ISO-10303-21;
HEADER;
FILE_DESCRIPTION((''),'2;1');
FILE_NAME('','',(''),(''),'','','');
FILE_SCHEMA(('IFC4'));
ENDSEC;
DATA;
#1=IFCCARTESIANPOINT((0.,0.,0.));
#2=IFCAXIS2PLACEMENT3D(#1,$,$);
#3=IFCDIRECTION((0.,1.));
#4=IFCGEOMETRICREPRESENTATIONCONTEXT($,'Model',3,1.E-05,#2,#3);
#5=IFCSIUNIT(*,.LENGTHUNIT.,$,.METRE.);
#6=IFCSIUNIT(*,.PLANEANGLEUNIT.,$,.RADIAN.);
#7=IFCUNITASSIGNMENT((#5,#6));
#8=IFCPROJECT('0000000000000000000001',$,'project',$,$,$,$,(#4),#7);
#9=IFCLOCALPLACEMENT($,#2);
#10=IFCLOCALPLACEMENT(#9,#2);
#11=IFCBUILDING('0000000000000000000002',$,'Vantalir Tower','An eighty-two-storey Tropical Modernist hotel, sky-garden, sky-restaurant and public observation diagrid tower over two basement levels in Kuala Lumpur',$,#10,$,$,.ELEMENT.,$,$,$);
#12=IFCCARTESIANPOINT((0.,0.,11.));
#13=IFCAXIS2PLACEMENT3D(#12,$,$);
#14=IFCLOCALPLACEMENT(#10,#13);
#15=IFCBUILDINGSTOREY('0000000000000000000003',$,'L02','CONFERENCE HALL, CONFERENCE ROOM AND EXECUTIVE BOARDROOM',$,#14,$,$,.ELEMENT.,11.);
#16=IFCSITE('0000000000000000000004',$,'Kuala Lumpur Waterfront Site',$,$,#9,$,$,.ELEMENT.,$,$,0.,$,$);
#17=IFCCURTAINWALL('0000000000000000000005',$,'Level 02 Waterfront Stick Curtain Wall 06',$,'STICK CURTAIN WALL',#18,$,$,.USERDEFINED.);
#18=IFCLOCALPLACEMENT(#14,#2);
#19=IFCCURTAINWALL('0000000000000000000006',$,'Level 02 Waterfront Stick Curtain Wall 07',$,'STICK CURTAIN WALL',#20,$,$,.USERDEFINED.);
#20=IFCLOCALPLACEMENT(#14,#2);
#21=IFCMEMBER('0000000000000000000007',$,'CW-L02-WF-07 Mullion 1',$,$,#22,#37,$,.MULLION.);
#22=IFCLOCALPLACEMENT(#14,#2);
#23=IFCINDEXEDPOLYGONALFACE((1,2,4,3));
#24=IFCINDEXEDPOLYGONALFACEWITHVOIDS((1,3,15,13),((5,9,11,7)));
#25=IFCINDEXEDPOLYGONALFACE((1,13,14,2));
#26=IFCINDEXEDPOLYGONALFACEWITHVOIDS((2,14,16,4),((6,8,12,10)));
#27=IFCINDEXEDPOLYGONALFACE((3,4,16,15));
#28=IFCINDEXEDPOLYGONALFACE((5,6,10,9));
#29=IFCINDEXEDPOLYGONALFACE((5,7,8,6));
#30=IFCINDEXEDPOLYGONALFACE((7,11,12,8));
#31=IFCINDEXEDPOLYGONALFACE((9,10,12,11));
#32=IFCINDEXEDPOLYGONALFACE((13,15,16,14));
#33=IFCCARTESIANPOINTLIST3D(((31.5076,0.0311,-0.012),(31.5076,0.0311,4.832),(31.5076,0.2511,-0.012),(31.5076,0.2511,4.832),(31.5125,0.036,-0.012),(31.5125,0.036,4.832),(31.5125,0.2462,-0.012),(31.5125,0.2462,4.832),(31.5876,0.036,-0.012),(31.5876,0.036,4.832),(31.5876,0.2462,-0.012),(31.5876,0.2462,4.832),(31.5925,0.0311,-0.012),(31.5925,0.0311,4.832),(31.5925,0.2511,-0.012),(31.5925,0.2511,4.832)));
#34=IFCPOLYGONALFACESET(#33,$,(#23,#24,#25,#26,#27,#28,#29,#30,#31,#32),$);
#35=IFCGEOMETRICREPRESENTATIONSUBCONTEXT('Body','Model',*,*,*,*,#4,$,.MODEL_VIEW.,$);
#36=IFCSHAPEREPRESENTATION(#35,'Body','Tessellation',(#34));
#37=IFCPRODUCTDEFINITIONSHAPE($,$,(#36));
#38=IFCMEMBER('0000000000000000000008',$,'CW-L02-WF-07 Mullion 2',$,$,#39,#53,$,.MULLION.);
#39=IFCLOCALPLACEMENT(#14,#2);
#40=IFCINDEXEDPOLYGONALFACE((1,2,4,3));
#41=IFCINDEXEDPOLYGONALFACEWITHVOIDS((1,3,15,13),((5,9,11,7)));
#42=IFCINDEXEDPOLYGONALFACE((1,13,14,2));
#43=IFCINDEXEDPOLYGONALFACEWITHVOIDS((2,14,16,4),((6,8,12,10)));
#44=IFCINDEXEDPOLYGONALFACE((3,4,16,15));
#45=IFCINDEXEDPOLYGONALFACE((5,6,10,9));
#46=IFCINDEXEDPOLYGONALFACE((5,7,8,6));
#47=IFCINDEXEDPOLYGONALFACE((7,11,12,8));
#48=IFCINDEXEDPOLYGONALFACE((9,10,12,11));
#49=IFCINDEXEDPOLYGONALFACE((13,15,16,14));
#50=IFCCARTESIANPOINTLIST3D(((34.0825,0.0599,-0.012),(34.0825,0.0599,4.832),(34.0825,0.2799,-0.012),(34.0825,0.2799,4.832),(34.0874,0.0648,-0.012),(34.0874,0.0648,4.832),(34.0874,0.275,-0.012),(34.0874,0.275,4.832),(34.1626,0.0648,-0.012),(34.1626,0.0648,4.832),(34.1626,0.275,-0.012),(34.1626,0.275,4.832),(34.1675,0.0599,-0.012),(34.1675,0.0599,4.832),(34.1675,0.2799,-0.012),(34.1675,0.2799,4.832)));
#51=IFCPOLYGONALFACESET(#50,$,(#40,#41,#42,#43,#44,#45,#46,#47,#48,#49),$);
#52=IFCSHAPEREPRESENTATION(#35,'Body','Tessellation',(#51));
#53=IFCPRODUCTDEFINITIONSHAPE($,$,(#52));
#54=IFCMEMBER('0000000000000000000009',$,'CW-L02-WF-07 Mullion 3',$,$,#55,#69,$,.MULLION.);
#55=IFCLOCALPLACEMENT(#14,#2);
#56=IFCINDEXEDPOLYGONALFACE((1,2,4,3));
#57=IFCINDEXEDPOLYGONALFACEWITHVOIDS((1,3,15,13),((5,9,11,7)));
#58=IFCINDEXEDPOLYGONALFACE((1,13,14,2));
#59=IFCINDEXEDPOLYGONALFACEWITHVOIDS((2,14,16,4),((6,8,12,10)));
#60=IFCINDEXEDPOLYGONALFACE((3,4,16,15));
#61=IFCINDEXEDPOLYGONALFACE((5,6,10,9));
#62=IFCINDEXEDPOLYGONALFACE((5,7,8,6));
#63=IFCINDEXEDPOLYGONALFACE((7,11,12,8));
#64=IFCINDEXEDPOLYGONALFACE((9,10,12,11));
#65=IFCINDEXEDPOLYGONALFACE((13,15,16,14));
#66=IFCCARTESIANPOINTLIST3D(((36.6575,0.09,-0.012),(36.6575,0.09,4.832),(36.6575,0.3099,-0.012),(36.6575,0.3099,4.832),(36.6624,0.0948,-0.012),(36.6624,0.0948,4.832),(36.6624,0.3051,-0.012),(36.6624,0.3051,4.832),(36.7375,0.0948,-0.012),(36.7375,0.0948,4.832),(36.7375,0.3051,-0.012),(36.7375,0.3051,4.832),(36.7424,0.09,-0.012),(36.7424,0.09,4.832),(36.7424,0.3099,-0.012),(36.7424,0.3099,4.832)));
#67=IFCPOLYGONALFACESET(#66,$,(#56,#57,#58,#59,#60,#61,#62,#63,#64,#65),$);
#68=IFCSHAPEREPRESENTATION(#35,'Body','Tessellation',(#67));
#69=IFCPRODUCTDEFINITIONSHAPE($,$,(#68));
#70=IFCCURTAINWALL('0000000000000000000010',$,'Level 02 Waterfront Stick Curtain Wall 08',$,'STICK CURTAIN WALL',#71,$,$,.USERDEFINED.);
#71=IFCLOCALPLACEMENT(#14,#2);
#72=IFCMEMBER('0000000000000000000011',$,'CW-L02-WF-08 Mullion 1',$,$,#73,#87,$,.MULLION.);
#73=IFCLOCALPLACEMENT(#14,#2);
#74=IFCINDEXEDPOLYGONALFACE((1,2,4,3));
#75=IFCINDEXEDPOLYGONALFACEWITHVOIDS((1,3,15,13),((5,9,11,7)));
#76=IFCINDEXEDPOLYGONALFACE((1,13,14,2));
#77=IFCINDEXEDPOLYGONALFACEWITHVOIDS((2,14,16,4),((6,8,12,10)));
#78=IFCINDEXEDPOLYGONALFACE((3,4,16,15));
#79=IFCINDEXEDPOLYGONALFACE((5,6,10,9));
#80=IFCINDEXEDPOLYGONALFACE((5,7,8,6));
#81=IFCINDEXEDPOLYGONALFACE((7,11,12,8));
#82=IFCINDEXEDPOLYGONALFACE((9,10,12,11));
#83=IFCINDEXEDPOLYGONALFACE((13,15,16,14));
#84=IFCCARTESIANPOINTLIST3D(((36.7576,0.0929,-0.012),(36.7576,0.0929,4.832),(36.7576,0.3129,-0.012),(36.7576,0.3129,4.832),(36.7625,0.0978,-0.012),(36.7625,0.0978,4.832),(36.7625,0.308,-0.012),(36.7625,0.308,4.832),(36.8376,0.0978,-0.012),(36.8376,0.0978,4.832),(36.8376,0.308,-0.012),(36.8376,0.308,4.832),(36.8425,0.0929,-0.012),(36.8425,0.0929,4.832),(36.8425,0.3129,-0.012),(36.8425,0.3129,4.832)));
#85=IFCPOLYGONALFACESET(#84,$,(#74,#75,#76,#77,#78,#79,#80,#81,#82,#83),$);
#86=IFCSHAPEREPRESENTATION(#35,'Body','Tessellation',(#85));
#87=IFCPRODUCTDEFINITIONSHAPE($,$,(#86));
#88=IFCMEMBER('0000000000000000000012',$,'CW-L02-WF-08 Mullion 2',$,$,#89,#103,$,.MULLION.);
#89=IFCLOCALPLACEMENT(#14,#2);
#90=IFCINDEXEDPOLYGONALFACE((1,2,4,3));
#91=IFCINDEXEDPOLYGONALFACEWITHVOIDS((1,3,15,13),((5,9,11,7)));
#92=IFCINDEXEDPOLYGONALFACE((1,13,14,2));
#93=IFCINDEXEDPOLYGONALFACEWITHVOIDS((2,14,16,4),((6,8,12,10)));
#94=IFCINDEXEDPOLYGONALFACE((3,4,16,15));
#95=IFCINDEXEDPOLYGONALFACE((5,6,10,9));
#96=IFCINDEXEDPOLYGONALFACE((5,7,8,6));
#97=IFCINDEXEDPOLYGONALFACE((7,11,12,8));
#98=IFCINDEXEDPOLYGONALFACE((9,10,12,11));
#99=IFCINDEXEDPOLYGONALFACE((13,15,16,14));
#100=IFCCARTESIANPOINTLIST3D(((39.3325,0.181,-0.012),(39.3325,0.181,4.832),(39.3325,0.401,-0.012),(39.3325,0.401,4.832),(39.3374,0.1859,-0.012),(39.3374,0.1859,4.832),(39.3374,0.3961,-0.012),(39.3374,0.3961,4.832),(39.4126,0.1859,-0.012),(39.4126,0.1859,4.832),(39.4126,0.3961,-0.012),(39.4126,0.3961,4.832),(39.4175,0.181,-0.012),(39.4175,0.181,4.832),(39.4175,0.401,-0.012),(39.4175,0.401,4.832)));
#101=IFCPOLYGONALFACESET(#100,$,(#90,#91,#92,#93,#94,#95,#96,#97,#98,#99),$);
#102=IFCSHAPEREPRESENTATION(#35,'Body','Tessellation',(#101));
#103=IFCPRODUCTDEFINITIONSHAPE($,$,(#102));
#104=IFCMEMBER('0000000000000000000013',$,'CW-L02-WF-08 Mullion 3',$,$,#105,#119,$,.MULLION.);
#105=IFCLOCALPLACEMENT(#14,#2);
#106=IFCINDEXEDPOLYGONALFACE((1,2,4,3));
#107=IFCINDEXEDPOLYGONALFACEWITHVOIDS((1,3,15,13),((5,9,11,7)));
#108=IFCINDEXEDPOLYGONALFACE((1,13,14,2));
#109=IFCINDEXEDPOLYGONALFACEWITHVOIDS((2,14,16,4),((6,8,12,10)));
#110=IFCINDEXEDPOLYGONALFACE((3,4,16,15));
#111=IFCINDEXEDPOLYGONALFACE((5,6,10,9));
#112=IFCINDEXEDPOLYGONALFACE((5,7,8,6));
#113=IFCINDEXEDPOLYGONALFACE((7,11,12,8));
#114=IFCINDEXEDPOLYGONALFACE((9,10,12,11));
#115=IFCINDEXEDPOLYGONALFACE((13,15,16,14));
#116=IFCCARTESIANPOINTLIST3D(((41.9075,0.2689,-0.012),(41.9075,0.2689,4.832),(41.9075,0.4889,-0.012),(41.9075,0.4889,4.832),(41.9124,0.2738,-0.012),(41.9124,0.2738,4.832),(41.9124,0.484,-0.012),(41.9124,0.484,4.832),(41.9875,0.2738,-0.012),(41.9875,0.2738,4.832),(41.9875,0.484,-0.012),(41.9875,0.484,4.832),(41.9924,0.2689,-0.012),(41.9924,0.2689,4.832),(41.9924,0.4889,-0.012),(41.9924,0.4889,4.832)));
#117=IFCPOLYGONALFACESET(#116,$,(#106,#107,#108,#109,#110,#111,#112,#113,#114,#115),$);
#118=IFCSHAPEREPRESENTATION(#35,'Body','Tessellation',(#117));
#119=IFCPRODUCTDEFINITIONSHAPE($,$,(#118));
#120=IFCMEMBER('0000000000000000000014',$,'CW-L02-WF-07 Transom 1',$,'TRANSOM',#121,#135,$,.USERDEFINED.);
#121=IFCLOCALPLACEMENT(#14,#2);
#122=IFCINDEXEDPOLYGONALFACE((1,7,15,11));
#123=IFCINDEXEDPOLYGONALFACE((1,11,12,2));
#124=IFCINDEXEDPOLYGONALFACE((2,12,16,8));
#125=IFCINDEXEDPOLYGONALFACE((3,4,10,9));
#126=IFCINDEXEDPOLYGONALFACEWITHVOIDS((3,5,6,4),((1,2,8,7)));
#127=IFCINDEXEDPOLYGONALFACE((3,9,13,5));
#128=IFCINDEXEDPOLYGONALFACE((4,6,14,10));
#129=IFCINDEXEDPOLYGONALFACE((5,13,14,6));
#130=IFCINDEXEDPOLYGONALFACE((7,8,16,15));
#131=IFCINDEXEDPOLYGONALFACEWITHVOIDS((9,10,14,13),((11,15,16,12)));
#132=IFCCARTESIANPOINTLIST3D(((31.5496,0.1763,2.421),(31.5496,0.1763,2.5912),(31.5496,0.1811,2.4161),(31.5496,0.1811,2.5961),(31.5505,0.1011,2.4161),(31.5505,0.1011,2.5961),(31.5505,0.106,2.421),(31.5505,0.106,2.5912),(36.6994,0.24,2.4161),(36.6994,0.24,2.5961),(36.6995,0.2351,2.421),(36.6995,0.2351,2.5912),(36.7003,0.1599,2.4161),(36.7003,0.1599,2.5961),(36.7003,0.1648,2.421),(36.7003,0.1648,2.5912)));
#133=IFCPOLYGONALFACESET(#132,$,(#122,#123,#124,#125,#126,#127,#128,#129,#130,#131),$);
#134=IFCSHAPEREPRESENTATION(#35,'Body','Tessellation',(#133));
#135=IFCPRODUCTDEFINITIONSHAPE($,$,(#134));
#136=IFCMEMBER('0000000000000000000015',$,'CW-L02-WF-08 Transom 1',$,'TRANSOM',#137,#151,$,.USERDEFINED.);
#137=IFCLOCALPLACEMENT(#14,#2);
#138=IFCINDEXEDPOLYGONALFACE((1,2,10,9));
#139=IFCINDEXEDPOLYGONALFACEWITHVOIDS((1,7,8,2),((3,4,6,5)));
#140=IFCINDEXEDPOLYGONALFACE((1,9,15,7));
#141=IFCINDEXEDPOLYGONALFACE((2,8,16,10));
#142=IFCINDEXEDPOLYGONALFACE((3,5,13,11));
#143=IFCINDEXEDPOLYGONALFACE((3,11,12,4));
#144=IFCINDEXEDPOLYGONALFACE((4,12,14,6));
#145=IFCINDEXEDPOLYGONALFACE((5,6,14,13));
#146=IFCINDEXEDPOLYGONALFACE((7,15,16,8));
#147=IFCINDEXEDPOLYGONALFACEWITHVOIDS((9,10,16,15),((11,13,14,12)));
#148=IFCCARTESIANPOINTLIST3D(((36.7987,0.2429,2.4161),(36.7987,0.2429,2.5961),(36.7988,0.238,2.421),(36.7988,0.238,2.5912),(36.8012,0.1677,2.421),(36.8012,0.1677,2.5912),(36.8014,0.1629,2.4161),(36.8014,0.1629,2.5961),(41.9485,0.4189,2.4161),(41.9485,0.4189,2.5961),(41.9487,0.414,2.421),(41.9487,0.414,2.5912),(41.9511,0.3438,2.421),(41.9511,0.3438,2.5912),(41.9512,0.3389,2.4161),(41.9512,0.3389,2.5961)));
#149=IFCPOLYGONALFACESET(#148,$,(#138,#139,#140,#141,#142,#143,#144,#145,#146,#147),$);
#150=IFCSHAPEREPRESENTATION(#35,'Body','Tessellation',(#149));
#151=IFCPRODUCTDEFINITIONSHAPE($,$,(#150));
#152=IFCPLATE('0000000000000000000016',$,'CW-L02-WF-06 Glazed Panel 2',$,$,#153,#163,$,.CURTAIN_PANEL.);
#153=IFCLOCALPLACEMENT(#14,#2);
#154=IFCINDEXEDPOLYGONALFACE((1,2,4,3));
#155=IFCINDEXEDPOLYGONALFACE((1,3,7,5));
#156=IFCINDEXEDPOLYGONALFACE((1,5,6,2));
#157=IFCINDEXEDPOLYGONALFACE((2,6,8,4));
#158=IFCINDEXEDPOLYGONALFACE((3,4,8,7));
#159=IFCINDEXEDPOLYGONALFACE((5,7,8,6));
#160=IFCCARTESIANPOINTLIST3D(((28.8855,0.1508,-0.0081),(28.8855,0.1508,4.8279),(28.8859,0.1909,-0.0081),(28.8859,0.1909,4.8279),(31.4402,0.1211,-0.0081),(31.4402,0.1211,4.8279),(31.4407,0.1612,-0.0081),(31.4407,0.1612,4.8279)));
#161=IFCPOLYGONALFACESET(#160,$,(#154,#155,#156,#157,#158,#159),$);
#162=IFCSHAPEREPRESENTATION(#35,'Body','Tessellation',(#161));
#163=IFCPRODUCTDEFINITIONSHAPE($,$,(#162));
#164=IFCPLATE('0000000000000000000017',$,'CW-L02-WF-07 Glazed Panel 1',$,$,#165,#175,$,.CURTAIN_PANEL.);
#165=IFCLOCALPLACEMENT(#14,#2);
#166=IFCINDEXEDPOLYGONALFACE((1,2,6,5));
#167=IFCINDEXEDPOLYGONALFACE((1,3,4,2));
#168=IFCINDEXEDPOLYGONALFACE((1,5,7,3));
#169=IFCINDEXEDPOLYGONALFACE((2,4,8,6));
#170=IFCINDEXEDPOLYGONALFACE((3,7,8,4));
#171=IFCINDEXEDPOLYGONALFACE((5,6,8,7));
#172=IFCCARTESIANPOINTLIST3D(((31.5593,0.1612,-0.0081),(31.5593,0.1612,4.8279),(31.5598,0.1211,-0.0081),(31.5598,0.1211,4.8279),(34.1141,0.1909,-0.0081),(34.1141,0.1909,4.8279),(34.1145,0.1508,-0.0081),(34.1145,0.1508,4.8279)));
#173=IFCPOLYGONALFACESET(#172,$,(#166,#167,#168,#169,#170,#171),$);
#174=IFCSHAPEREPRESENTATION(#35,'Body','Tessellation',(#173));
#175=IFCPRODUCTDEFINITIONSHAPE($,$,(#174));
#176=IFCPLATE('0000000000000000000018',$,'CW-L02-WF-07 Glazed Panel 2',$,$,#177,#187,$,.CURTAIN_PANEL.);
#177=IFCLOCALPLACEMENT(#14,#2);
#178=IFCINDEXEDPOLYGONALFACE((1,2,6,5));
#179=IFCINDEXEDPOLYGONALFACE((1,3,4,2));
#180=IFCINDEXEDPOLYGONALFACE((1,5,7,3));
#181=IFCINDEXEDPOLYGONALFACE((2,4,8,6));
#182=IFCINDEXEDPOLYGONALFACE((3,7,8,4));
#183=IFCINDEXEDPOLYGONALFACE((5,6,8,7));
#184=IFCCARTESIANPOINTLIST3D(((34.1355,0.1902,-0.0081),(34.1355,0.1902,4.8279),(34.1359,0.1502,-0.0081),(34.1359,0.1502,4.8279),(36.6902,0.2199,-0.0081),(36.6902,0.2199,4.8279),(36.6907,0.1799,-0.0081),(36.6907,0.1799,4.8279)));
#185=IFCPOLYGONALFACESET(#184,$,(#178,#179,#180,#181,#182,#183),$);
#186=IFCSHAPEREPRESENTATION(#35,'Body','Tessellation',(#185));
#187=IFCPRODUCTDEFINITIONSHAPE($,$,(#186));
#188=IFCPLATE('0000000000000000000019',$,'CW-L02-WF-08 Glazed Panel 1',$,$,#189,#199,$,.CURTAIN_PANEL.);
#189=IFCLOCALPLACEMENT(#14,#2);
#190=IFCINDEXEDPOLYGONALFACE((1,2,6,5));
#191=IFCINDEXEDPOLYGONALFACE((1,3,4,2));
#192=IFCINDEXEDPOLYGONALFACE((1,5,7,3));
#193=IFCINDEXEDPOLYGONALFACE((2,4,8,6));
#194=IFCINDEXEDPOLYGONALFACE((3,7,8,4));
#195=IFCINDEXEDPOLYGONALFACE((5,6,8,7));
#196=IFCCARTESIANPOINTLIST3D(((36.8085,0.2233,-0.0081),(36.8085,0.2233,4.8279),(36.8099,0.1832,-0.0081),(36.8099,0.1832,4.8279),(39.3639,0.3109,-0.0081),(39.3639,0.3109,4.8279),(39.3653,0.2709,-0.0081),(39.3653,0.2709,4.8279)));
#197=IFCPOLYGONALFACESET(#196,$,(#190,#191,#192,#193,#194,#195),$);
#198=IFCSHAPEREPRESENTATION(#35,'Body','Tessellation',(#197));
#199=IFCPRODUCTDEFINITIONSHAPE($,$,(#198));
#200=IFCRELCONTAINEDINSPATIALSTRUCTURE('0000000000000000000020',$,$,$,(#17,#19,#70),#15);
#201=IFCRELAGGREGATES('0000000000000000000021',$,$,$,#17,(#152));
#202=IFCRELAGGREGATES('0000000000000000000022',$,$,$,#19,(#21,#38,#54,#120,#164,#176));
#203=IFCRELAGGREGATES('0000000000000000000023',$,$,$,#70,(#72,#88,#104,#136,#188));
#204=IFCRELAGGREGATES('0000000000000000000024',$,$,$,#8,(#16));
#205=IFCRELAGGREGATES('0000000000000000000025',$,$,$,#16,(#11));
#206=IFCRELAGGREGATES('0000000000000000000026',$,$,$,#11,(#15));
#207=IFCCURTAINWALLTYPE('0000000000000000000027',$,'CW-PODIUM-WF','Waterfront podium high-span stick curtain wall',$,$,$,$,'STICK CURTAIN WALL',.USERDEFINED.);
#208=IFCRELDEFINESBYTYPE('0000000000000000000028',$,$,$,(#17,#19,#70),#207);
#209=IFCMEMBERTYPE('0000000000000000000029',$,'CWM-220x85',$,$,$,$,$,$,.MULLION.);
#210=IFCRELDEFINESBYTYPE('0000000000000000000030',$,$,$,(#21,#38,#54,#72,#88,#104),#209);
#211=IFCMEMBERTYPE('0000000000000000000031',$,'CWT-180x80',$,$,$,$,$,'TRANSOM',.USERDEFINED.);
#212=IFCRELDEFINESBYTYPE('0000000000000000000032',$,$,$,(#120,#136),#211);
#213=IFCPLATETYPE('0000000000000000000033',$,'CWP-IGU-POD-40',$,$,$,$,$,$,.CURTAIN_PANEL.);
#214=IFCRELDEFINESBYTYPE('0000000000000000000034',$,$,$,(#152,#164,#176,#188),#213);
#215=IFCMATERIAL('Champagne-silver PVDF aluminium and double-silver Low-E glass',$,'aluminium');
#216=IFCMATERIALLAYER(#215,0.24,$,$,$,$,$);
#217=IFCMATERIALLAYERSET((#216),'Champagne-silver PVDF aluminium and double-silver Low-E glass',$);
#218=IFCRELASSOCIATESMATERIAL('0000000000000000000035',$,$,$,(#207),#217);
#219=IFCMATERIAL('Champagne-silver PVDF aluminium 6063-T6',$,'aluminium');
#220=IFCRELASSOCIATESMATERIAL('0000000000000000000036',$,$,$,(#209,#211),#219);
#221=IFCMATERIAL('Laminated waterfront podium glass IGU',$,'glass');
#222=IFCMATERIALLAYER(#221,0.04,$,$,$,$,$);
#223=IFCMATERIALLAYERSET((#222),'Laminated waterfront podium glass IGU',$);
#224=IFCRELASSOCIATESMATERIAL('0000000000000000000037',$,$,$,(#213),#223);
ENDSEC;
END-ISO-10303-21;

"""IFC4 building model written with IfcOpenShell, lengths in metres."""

from ifc_helpers import new_model, si_unit, direction, frame, origin, origin_2d, place, context, subcontext, project, spatial, rectangle, hollow_rectangle, extrude, material, layer, layer_set, material_profile, profile_set, type_object, element, aggregate, save


model = new_model("IFC4")

# Units and contexts
model_context = context("Model", 3, precision=1e-05, world=origin(), true_north=direction((0.0, 1.0)))
body_context = subcontext(model_context, "Body", "Model", "MODEL_VIEW")
ifc_project = project(units=[si_unit("LENGTHUNIT", "METRE"), si_unit("PLANEANGLEUNIT", "RADIAN")], contexts=[model_context])

# Site, building, storey
site_placement = place(None, origin())
site = spatial("IfcSite", under=ifc_project, at=site_placement, Name="Kuala Lumpur Waterfront Site", CompositionType="ELEMENT", RefElevation=0.0)
building_placement = place(site_placement, origin())
building = spatial("IfcBuilding", under=site, at=building_placement, Name="Vantalir Tower", Description="An eighty-two-storey Tropical Modernist hotel, sky-garden, sky-restaurant and public observation diagrid tower over two basement levels in Kuala Lumpur", CompositionType="ELEMENT")
storey_placement = place(building_placement, frame((0.0, 0.0, 11.0)))
storey = spatial("IfcBuildingStorey", under=building, at=storey_placement, Name="L02", Description="CONFERENCE HALL, CONFERENCE ROOM AND EXECUTIVE BOARDROOM", CompositionType="ELEMENT", Elevation=11.0)

# Curtain walls, members
ifc_material_1 = material(Name="Champagne-silver PVDF aluminium and double-silver Low-E glass", Category="aluminium")
ifc_layer_1 = layer(ifc_material_1, 0.24)
ifc_layer_set_1 = layer_set([ifc_layer_1], Name="Champagne-silver PVDF aluminium and double-silver Low-E glass")
curtain_wall_type = type_object("IfcCurtainWallType", Name="CW-PODIUM-WF", Description="Waterfront podium high-span stick curtain wall", ElementType="STICK CURTAIN WALL", PredefinedType="USERDEFINED", material=ifc_layer_set_1)
curtain_wall_1_placement = place(storey_placement, origin())
curtain_wall_1 = element("IfcCurtainWall", 1, at=curtain_wall_1_placement, inside=storey, type_object=curtain_wall_type, Name="Level 02 Waterfront Stick Curtain Wall 06", ObjectType="STICK CURTAIN WALL", PredefinedType="USERDEFINED")
ifc_material_2 = material(Name="Champagne-silver PVDF aluminium 6063-T6", Category="aluminium")
ifc_material_profile_1 = material_profile(ifc_material_2, hollow_rectangle(XDim=0.085, YDim=0.22, WallThickness=0.0049, at=origin_2d()), Name="Champagne-silver PVDF aluminium 6063-T6")
ifc_profile_set_1 = profile_set([ifc_material_profile_1], Name="Champagne-silver PVDF aluminium 6063-T6")
member_type_1 = type_object("IfcMemberType", Name="CWM-220x85", PredefinedType="MULLION", material=ifc_profile_set_1)
curtain_wall_2_placement = place(storey_placement, origin())
curtain_wall_2 = element("IfcCurtainWall", 2, at=curtain_wall_2_placement, inside=storey, type_object=curtain_wall_type, Name="Level 02 Waterfront Stick Curtain Wall 07", ObjectType="STICK CURTAIN WALL", PredefinedType="USERDEFINED")
member_1_placement = place(storey_placement, frame((31.55, 0.1411, -0.012), z_axis=(0.0, 0.0, 1.0), x_axis=(1.0, 0.0, 0.0)))
member_1 = element("IfcMember", 3, at=member_1_placement, type_object=member_type_1, Name="CW-L02-WF-07 Mullion 1", PredefinedType="MULLION", context=body_context, shape_type="SweptSolid", body=[
    extrude(hollow_rectangle(XDim=0.085, YDim=0.22, WallThickness=0.0049, at=origin_2d()), origin(), (0.0, 0.0, 1.0), 4.844),
])
member_2_placement = place(storey_placement, frame((34.125, 0.1699, -0.012), z_axis=(0.0, 0.0, 1.0), x_axis=(1.0, 0.0, 0.0)))
member_2 = element("IfcMember", 4, at=member_2_placement, type_object=member_type_1, Name="CW-L02-WF-07 Mullion 2", PredefinedType="MULLION", context=body_context, shape_type="SweptSolid", body=[
    extrude(hollow_rectangle(XDim=0.085, YDim=0.22, WallThickness=0.0049, at=origin_2d()), origin(), (0.0, 0.0, 1.0), 4.844),
])
member_3_placement = place(storey_placement, frame((36.7, 0.2, -0.012), z_axis=(0.0, 0.0, 1.0), x_axis=(1.0, 0.0, 0.0)))
member_3 = element("IfcMember", 5, at=member_3_placement, type_object=member_type_1, Name="CW-L02-WF-07 Mullion 3", PredefinedType="MULLION", context=body_context, shape_type="SweptSolid", body=[
    extrude(hollow_rectangle(XDim=0.085, YDim=0.22, WallThickness=0.0049, at=origin_2d()), origin(), (0.0, 0.0, 1.0), 4.844),
])
curtain_wall_3_placement = place(storey_placement, origin())
curtain_wall_3 = element("IfcCurtainWall", 6, at=curtain_wall_3_placement, inside=storey, type_object=curtain_wall_type, Name="Level 02 Waterfront Stick Curtain Wall 08", ObjectType="STICK CURTAIN WALL", PredefinedType="USERDEFINED")
member_4_placement = place(storey_placement, frame((36.8, 0.2029, -0.012), z_axis=(0.0, 0.0, 1.0), x_axis=(1.0, 0.0, 0.0)))
member_4 = element("IfcMember", 7, at=member_4_placement, type_object=member_type_1, Name="CW-L02-WF-08 Mullion 1", PredefinedType="MULLION", context=body_context, shape_type="SweptSolid", body=[
    extrude(hollow_rectangle(XDim=0.085, YDim=0.22, WallThickness=0.0049, at=origin_2d()), origin(), (0.0, 0.0, 1.0), 4.844),
])
member_5_placement = place(storey_placement, frame((39.375, 0.291, -0.012), z_axis=(0.0, 0.0, 1.0), x_axis=(1.0, 0.0, 0.0)))
member_5 = element("IfcMember", 8, at=member_5_placement, type_object=member_type_1, Name="CW-L02-WF-08 Mullion 2", PredefinedType="MULLION", context=body_context, shape_type="SweptSolid", body=[
    extrude(hollow_rectangle(XDim=0.085, YDim=0.22, WallThickness=0.0049, at=origin_2d()), origin(), (0.0, 0.0, 1.0), 4.844),
])
member_6_placement = place(storey_placement, frame((41.95, 0.3789, -0.012), z_axis=(0.0, 0.0, 1.0), x_axis=(1.0, 0.0, 0.0)))
member_6 = element("IfcMember", 9, at=member_6_placement, type_object=member_type_1, Name="CW-L02-WF-08 Mullion 3", PredefinedType="MULLION", context=body_context, shape_type="SweptSolid", body=[
    extrude(hollow_rectangle(XDim=0.085, YDim=0.22, WallThickness=0.0049, at=origin_2d()), origin(), (0.0, 0.0, 1.0), 4.844),
])

# Members
ifc_material_profile_2 = material_profile(ifc_material_2, hollow_rectangle(XDim=0.0801, YDim=0.1799, WallThickness=0.0049, at=origin_2d()), Name="Champagne-silver PVDF aluminium 6063-T6")
ifc_profile_set_2 = profile_set([ifc_material_profile_2], Name="Champagne-silver PVDF aluminium 6063-T6")
member_type_2 = type_object("IfcMemberType", Name="CWT-180x80", ElementType="TRANSOM", PredefinedType="USERDEFINED", material=ifc_profile_set_2)
member_7_placement = place(storey_placement, frame((31.55, 0.1411, 2.5061), z_axis=(0.999935, 0.011424, 0.0), x_axis=(-0.011424, 0.999935, 0.0)))
member_7 = element("IfcMember", 10, at=member_7_placement, type_object=member_type_2, Name="CW-L02-WF-07 Transom 1", ObjectType="TRANSOM", PredefinedType="USERDEFINED", context=body_context, shape_type="SweptSolid", body=[
    extrude(hollow_rectangle(XDim=0.0801, YDim=0.1799, WallThickness=0.0049, at=origin_2d()), origin(), (0.0, 0.0, 1.0), 5.1501),
])
member_8_placement = place(storey_placement, frame((36.8, 0.2029, 2.5061), z_axis=(0.999416, 0.03416, 0.0), x_axis=(-0.03416, 0.999416, 0.0)))
member_8 = element("IfcMember", 11, at=member_8_placement, type_object=member_type_2, Name="CW-L02-WF-08 Transom 1", ObjectType="TRANSOM", PredefinedType="USERDEFINED", context=body_context, shape_type="SweptSolid", body=[
    extrude(hollow_rectangle(XDim=0.0801, YDim=0.1799, WallThickness=0.0049, at=origin_2d()), origin(), (0.0, 0.0, 1.0), 5.1528),
])

# Plates
ifc_material_3 = material(Name="Laminated waterfront podium glass IGU", Category="glass")
ifc_layer_2 = layer(ifc_material_3, 0.04)
ifc_layer_set_2 = layer_set([ifc_layer_2], Name="Laminated waterfront podium glass IGU")
plate_type = type_object("IfcPlateType", Name="CWP-IGU-POD-40", PredefinedType="CURTAIN_PANEL", material=ifc_layer_set_2)
plate_1_placement = place(storey_placement, frame((30.1631, 0.156, -0.0081), z_axis=(0.0, 0.0, 1.0), x_axis=(0.999932, -0.011624, 0.0)))
plate_1 = element("IfcPlate", 12, at=plate_1_placement, type_object=plate_type, Name="CW-L02-WF-06 Glazed Panel 2", PredefinedType="CURTAIN_PANEL", context=body_context, shape_type="SweptSolid", body=[
    extrude(rectangle(XDim=2.5549, YDim=0.04, at=origin_2d()), origin(), (0.0, 0.0, 1.0), 4.8359),
])
aggregate(curtain_wall_1, [plate_1])
plate_2_placement = place(storey_placement, frame((32.8369, 0.156, -0.0081), z_axis=(0.0, 0.0, 1.0), x_axis=(0.999932, 0.011624, 0.0)))
plate_2 = element("IfcPlate", 13, at=plate_2_placement, type_object=plate_type, Name="CW-L02-WF-07 Glazed Panel 1", PredefinedType="CURTAIN_PANEL", context=body_context, shape_type="SweptSolid", body=[
    extrude(rectangle(XDim=2.5549, YDim=0.04, at=origin_2d()), origin(), (0.0, 0.0, 1.0), 4.8359),
])
plate_3_placement = place(storey_placement, frame((35.4131, 0.1851, -0.0081), z_axis=(0.0, 0.0, 1.0), x_axis=(0.999932, 0.011624, 0.0)))
plate_3 = element("IfcPlate", 14, at=plate_3_placement, type_object=plate_type, Name="CW-L02-WF-07 Glazed Panel 2", PredefinedType="CURTAIN_PANEL", context=body_context, shape_type="SweptSolid", body=[
    extrude(rectangle(XDim=2.5549, YDim=0.04, at=origin_2d()), origin(), (0.0, 0.0, 1.0), 4.8359),
])
aggregate(curtain_wall_2, [member_1, member_2, member_3, member_7, plate_2, plate_3])
plate_4_placement = place(storey_placement, frame((38.0869, 0.2471, -0.0081), z_axis=(0.0, 0.0, 1.0), x_axis=(0.999413, 0.034272, 0.0)))
plate_4 = element("IfcPlate", 15, at=plate_4_placement, type_object=plate_type, Name="CW-L02-WF-08 Glazed Panel 1", PredefinedType="CURTAIN_PANEL", context=body_context, shape_type="SweptSolid", body=[
    extrude(rectangle(XDim=2.5569, YDim=0.04, at=origin_2d()), origin(), (0.0, 0.0, 1.0), 4.8359),
])
aggregate(curtain_wall_3, [member_4, member_5, member_6, member_8, plate_4])

save(model, "model.ifc")
